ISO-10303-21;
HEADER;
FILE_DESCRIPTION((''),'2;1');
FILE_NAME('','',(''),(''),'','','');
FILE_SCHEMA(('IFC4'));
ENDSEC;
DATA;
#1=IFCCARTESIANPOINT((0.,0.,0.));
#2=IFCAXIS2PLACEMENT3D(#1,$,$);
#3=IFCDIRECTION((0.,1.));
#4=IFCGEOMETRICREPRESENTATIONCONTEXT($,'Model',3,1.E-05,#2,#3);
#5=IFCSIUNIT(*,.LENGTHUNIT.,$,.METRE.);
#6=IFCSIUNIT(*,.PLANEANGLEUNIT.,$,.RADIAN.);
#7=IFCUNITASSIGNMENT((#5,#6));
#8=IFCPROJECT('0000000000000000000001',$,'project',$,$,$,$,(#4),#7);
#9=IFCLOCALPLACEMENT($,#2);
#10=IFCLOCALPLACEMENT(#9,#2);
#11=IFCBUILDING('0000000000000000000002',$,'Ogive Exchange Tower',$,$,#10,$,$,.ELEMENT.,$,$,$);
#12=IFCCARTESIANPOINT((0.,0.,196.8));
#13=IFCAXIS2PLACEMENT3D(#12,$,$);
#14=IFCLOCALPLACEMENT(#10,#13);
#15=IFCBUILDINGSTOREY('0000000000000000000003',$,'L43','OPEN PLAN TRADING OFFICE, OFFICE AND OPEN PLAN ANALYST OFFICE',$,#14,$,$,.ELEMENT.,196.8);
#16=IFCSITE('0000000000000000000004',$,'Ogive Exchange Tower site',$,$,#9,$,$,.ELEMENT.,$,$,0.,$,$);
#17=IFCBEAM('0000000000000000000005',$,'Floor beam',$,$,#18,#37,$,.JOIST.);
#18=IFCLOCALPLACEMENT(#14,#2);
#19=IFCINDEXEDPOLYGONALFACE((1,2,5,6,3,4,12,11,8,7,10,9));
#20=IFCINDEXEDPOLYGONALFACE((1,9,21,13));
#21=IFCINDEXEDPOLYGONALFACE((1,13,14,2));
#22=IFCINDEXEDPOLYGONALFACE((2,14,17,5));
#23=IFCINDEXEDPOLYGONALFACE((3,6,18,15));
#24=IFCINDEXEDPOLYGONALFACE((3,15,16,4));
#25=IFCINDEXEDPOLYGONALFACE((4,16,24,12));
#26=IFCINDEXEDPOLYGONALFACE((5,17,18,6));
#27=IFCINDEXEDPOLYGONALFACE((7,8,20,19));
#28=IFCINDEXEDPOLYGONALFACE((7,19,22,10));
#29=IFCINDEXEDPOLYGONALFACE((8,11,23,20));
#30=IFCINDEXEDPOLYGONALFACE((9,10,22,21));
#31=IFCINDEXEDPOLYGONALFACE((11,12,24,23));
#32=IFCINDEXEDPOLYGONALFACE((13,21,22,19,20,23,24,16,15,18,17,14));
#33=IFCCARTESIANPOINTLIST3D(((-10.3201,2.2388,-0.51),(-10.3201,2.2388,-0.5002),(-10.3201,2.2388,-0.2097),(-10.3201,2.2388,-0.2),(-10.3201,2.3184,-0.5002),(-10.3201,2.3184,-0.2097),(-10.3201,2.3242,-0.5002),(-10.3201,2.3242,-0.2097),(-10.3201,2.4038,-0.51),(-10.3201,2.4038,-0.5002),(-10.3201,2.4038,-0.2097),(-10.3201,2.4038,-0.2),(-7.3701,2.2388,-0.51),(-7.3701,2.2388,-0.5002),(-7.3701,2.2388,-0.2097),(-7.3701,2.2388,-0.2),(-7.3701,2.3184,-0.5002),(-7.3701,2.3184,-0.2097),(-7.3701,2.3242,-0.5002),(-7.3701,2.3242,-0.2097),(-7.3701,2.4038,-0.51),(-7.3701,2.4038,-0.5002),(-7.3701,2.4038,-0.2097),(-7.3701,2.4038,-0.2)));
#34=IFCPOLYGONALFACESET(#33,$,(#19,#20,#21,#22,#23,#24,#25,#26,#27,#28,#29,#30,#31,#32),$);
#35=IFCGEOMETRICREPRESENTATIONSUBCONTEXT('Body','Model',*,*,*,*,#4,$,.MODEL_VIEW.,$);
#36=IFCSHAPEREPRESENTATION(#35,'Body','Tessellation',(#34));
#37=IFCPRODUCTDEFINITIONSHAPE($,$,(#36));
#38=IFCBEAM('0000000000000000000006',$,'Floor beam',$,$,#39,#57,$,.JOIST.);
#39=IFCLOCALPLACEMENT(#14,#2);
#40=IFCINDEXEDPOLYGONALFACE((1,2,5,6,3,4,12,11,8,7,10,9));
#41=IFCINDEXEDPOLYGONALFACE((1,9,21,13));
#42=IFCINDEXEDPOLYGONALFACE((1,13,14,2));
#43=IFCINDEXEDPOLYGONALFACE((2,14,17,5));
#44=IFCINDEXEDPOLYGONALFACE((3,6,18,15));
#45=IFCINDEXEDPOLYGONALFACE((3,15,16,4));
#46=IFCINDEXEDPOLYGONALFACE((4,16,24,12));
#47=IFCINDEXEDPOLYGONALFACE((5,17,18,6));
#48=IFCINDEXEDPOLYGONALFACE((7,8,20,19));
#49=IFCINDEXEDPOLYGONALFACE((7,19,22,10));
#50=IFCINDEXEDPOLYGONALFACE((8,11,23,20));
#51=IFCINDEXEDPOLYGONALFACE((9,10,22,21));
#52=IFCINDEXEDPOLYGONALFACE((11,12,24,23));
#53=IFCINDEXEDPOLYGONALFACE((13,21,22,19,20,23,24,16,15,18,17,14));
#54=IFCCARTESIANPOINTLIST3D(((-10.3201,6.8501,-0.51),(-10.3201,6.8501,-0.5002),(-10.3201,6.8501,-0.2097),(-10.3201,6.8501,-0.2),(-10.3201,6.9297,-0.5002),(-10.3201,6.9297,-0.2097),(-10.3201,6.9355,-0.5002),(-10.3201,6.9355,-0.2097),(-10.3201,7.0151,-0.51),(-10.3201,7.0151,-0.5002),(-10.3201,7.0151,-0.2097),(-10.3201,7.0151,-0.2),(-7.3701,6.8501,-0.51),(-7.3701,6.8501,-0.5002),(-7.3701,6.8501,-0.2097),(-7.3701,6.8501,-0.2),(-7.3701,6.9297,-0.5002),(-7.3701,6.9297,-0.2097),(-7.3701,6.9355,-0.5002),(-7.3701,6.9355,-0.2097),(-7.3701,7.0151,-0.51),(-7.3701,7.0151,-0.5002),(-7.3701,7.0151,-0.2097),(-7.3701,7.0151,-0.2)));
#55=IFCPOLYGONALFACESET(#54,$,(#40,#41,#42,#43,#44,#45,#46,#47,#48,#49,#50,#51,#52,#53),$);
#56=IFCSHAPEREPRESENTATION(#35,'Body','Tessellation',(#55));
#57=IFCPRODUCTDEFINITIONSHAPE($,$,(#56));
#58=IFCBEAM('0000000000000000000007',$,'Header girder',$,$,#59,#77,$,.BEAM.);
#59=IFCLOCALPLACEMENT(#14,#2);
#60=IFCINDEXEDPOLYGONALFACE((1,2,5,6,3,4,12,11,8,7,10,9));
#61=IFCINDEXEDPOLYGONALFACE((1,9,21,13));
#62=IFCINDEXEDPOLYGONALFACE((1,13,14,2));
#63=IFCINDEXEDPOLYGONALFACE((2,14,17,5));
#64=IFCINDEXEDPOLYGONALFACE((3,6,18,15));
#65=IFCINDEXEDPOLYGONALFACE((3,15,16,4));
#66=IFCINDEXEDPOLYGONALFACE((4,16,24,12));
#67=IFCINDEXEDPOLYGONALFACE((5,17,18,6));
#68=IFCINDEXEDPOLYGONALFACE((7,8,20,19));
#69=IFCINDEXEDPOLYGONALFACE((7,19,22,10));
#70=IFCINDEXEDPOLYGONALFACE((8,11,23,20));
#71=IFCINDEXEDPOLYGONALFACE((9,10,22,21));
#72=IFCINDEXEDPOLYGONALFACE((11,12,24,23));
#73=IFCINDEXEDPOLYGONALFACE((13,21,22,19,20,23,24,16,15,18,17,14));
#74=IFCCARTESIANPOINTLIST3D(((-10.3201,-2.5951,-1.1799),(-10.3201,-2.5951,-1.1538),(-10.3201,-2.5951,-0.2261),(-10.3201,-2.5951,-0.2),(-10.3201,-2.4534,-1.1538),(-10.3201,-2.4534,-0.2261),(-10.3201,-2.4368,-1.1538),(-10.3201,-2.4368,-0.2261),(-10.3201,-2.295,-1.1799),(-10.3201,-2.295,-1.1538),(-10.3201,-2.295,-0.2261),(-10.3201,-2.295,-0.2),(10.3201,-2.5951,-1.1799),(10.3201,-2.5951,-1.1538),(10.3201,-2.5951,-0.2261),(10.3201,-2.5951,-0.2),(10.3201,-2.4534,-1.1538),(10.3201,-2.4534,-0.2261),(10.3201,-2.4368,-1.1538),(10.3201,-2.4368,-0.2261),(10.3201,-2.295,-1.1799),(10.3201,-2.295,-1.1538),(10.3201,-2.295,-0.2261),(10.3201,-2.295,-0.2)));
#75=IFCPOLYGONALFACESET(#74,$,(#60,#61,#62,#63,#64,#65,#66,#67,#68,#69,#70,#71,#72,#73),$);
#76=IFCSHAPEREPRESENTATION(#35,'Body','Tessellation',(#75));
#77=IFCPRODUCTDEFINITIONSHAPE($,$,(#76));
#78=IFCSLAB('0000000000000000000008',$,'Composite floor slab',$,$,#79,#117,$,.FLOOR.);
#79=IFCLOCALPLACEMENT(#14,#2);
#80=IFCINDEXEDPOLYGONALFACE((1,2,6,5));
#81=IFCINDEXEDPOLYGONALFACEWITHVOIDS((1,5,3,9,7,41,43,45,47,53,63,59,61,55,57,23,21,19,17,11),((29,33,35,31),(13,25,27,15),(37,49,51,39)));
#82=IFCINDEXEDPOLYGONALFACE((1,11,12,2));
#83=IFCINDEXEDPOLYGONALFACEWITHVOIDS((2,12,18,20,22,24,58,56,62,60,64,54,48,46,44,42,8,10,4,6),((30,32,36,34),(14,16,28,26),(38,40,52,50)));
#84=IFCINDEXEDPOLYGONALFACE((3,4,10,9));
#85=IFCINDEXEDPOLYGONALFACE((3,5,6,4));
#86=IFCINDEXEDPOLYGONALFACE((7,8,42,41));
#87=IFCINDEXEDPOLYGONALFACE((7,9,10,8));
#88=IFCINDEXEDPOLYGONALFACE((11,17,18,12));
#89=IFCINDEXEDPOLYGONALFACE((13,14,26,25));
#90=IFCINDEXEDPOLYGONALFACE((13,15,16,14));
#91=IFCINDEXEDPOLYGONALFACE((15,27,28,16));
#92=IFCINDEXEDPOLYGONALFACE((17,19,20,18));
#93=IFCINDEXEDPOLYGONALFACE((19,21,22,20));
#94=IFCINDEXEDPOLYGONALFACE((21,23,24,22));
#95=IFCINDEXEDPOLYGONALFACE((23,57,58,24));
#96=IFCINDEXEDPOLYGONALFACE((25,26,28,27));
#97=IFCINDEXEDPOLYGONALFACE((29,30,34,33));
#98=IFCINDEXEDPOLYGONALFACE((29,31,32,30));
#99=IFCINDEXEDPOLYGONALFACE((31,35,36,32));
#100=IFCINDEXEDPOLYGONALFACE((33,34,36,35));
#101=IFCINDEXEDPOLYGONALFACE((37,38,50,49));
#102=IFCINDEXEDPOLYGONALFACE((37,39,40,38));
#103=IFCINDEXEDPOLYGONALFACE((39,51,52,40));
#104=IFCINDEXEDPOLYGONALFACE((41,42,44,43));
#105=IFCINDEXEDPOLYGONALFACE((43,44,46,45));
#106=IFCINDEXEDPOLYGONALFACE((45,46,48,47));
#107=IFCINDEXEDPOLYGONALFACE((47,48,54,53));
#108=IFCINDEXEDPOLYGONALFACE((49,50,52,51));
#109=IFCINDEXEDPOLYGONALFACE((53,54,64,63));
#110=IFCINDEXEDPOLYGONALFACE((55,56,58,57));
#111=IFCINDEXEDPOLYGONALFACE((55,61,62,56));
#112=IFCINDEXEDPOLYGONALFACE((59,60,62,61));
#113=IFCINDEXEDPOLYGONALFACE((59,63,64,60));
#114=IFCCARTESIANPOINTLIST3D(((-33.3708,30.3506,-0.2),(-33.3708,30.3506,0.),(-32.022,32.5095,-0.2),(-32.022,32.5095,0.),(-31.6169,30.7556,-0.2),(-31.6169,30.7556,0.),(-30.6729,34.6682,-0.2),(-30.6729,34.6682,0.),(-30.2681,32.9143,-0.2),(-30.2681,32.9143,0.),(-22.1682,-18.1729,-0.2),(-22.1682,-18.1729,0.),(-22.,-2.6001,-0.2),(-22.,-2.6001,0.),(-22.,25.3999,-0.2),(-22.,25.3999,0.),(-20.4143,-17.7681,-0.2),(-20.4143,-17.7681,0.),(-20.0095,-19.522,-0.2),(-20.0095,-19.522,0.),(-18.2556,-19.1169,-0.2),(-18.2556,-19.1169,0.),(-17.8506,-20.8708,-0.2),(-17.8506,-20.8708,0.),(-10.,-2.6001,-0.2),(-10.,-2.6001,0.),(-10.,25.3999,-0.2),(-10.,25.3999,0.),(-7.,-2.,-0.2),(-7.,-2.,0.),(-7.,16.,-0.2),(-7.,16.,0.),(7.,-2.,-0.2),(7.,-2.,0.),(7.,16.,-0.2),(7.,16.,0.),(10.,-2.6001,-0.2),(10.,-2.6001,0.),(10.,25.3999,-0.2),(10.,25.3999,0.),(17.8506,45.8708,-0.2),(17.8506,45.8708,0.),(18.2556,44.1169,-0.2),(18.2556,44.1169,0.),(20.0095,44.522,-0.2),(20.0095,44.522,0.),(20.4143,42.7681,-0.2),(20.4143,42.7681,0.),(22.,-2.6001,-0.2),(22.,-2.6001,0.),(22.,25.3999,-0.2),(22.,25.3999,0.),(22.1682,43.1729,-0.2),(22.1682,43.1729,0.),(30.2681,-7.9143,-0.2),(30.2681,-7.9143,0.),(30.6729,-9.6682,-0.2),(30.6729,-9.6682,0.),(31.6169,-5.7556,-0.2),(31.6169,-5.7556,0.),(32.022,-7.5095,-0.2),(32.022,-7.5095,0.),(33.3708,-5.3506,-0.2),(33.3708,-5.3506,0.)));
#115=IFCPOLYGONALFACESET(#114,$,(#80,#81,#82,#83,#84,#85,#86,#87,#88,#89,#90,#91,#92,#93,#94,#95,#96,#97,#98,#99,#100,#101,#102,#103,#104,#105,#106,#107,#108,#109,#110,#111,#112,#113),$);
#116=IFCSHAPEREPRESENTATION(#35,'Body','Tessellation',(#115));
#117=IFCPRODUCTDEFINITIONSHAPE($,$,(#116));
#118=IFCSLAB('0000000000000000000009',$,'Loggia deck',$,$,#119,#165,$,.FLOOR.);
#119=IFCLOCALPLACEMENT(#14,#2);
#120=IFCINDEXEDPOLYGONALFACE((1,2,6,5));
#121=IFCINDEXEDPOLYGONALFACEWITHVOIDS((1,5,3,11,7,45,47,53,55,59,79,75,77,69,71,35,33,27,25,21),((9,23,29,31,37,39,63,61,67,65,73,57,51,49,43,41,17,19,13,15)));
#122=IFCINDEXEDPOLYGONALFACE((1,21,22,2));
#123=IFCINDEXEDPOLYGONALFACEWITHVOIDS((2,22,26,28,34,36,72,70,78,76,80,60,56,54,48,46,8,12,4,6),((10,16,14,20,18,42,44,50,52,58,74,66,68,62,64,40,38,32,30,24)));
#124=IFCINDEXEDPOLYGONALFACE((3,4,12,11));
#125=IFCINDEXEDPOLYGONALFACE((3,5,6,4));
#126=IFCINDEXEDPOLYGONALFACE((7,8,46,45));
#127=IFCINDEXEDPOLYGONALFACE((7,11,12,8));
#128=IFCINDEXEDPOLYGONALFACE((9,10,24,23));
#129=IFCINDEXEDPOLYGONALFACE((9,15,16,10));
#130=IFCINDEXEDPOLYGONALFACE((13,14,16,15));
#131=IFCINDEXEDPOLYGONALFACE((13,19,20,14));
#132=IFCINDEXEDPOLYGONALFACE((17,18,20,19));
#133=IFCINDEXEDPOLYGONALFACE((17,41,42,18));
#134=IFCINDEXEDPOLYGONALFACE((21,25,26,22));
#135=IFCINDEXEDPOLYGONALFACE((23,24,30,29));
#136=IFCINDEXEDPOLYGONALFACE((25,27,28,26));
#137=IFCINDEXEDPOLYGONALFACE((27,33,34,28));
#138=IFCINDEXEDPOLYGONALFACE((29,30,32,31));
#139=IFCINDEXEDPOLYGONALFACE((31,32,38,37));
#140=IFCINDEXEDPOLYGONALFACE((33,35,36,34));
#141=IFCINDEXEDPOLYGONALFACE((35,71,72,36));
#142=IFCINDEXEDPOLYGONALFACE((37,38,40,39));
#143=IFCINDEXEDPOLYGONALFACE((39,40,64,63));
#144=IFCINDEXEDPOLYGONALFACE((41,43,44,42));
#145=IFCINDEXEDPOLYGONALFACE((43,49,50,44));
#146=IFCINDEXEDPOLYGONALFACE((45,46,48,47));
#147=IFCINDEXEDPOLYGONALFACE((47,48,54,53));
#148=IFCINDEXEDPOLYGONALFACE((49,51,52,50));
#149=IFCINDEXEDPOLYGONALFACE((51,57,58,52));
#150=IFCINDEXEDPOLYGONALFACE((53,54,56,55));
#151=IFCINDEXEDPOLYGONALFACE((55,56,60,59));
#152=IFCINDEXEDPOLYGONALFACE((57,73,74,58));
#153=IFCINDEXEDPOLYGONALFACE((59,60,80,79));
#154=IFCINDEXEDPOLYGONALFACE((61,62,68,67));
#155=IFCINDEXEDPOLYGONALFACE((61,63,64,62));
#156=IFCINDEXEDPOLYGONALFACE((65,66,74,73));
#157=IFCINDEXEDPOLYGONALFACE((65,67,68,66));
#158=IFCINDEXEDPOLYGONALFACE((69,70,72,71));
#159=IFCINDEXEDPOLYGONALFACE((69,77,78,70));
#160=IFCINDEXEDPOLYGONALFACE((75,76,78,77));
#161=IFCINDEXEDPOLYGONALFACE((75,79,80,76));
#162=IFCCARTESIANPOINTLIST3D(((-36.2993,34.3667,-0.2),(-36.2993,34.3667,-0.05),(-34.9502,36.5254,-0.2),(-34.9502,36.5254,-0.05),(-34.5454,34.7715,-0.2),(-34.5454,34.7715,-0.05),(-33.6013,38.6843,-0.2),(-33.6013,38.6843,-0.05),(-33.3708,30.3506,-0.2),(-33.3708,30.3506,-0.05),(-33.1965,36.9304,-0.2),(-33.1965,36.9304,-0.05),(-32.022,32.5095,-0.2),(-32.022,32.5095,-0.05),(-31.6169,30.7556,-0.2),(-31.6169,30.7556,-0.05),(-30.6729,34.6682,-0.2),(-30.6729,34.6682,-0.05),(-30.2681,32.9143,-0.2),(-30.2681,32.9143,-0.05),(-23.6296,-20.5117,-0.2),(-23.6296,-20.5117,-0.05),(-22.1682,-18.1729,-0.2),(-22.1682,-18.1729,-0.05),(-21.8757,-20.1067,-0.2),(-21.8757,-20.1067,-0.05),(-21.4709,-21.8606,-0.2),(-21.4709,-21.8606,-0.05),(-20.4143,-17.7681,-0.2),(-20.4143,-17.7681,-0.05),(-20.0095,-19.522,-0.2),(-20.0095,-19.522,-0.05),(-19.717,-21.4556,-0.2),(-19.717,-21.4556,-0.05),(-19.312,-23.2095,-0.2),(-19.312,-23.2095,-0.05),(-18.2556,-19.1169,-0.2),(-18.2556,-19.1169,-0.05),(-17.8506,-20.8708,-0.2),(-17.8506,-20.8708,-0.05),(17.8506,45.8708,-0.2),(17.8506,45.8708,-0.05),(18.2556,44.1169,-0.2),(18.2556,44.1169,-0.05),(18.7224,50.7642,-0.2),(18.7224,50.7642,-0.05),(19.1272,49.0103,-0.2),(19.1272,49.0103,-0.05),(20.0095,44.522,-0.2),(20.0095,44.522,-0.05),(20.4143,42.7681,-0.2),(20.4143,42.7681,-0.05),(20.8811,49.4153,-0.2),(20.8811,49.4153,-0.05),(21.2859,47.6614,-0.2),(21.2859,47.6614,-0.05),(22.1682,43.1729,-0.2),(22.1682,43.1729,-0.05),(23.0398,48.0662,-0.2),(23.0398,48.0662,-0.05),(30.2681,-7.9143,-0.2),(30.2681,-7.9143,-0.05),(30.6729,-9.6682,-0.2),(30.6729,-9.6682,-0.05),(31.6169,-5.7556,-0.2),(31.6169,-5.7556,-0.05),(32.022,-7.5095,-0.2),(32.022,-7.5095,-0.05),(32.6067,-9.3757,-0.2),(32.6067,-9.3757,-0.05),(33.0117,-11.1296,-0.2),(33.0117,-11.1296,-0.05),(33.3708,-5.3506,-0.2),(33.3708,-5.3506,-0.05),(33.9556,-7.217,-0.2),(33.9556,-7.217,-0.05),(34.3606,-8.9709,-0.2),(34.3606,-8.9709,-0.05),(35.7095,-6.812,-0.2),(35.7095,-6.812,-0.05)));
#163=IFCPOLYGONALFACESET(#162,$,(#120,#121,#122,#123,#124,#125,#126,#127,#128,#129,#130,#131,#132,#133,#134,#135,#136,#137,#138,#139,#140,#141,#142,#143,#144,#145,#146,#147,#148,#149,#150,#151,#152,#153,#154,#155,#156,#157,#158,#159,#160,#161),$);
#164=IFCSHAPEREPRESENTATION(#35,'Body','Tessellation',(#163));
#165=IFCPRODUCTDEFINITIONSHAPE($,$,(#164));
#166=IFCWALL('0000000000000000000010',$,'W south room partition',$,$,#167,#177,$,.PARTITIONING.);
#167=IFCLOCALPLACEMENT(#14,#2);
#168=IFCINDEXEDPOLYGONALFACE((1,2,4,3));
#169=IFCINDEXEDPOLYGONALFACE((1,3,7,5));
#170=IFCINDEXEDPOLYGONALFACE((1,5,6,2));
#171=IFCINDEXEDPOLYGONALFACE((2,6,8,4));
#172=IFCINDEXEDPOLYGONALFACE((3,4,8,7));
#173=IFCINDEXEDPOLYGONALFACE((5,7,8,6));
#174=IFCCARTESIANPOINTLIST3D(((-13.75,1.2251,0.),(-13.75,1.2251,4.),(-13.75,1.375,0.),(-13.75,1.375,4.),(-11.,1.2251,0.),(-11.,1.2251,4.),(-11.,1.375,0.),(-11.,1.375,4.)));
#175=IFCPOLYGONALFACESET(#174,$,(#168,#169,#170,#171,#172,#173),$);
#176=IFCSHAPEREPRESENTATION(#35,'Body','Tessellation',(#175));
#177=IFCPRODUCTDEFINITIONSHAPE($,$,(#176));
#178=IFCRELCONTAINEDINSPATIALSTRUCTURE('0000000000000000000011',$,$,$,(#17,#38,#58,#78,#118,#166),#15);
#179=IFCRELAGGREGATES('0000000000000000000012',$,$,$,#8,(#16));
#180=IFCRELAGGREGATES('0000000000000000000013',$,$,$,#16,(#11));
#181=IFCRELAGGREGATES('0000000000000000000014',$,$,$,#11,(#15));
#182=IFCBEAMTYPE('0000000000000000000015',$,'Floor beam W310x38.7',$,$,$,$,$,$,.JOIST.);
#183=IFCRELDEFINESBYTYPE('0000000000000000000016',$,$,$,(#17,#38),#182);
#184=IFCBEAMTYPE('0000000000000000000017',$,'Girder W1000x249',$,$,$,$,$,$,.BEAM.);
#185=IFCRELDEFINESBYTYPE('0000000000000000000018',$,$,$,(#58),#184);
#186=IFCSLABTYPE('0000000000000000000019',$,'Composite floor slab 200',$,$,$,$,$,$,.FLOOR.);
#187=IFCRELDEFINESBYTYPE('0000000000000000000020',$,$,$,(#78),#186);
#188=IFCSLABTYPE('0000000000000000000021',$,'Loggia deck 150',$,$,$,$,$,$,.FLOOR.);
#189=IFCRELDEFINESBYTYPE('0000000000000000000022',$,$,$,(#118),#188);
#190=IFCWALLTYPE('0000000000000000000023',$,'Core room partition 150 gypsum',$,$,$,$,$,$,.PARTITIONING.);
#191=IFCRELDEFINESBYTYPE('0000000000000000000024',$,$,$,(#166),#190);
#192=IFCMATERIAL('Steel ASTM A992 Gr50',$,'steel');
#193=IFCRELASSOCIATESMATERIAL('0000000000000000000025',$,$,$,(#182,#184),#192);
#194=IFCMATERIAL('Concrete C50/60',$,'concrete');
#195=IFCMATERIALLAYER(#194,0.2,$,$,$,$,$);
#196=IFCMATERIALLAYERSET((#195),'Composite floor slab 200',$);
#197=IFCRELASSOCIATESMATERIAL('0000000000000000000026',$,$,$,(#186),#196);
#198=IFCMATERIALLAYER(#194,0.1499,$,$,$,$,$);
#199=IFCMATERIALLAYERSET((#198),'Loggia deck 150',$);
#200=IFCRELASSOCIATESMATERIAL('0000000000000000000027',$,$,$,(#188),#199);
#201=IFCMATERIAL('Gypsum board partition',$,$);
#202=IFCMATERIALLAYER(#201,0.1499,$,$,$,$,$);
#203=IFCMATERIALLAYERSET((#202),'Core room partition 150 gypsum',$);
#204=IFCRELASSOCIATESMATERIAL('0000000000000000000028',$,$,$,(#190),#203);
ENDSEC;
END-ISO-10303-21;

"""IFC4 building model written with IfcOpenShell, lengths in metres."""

from ifc_helpers import new_model, si_unit, direction, frame, frame_2d, origin, origin_2d, place, context, subcontext, project, spatial, polyline, rectangle, i_section, outline, extrude, material, layer, layer_set, material_profile, profile_set, type_object, element, save


model = new_model("IFC4")

# Units and contexts
model_context = context("Model", 3, precision=1e-05, world=origin(), true_north=direction((0.0, 1.0)))
body_context = subcontext(model_context, "Body", "Model", "MODEL_VIEW")
ifc_project = project(units=[si_unit("LENGTHUNIT", "METRE"), si_unit("PLANEANGLEUNIT", "RADIAN")], contexts=[model_context])

# Site, building, storey
site_placement = place(None, origin())
site = spatial("IfcSite", under=ifc_project, at=site_placement, Name="Ogive Exchange Tower site", CompositionType="ELEMENT", RefElevation=0.0)
building_placement = place(site_placement, origin())
building = spatial("IfcBuilding", under=site, at=building_placement, Name="Ogive Exchange Tower", CompositionType="ELEMENT")
storey_placement = place(building_placement, frame((0.0, 0.0, 196.8)))
storey = spatial("IfcBuildingStorey", under=building, at=storey_placement, Name="L43", Description="OPEN PLAN TRADING OFFICE, OFFICE AND OPEN PLAN ANALYST OFFICE", CompositionType="ELEMENT", Elevation=196.8)

# Beams
ifc_material_1 = material(Name="Steel ASTM A992 Gr50", Category="steel")
ifc_material_profile_1 = material_profile(ifc_material_1, i_section(OverallWidth=0.165, OverallDepth=0.3101, WebThickness=0.0059, FlangeThickness=0.0098, at=origin_2d()), Name="W310x38.7")
ifc_profile_set_1 = profile_set([ifc_material_profile_1], Name="Steel ASTM A992 Gr50")
beam_type_1 = type_object("IfcBeamType", Name="Floor beam W310x38.7", PredefinedType="JOIST", material=ifc_profile_set_1)
for number, where, z_axis, x_axis, name in (
    (1, (-10.3201, 2.3213, -0.355), (1.0, 0.0, 0.0), (0.0, 1.0, 0.0), "Floor beam"),
    (2, (-10.3201, 6.9326, -0.355), (1.0, 0.0, 0.0), (0.0, 1.0, 0.0), "Floor beam"),
):
    element("IfcBeam", number, at=place(storey_placement, frame(where, z_axis=z_axis, x_axis=x_axis)), inside=storey, type_object=beam_type_1, Name=name, PredefinedType="JOIST", context=body_context, shape_type="SweptSolid", body=[
        extrude(i_section(OverallWidth=0.165, OverallDepth=0.3101, WebThickness=0.0059, FlangeThickness=0.0098, at=origin_2d()), origin(), (0.0, 0.0, 1.0), 2.95),
    ])
ifc_material_profile_2 = material_profile(ifc_material_1, i_section(OverallWidth=0.3, OverallDepth=0.98, WebThickness=0.0166, FlangeThickness=0.0261, at=origin_2d()), Name="W1000x249")
ifc_profile_set_2 = profile_set([ifc_material_profile_2], Name="Steel ASTM A992 Gr50")
beam_type_2 = type_object("IfcBeamType", Name="Girder W1000x249", PredefinedType="BEAM", material=ifc_profile_set_2)
beam_placement = place(storey_placement, frame((-10.3201, -2.4451, -0.6899), z_axis=(1.0, 0.0, 0.0), x_axis=(0.0, 1.0, 0.0)))
element("IfcBeam", 3, at=beam_placement, inside=storey, type_object=beam_type_2, Name="Header girder", PredefinedType="BEAM", context=body_context, shape_type="SweptSolid", body=[
    extrude(i_section(OverallWidth=0.3, OverallDepth=0.98, WebThickness=0.0166, FlangeThickness=0.0261, at=origin_2d()), origin(), (0.0, 0.0, 1.0), 20.6401),
])

# Slabs
ifc_material_2 = material(Name="Concrete C50/60", Category="concrete")
ifc_layer_1 = layer(ifc_material_2, 0.2)
ifc_layer_set_1 = layer_set([ifc_layer_1], Name="Composite floor slab 200")
slab_type_1 = type_object("IfcSlabType", Name="Composite floor slab 200", PredefinedType="FLOOR", material=ifc_layer_set_1)
slab_1_placement = place(storey_placement, frame((0.0, 0.0, -0.2)))
element("IfcSlab", 4, at=slab_1_placement, inside=storey, type_object=slab_type_1, Name="Composite floor slab", PredefinedType="FLOOR", context=body_context, shape_type="SweptSolid", body=[
    extrude(outline(polyline([(-18.2556, -19.1169), (-20.0095, -19.522), (-20.4143, -17.7681), (-22.1682, -18.1729), (-33.3708, 30.3506), (-31.6169, 30.7556), (-32.022, 32.5095), (-30.2681, 32.9143), (-30.6729, 34.6682), (17.8506, 45.8708), (18.2556, 44.1169), (20.0095, 44.522), (20.4143, 42.7681), (22.1682, 43.1729), (33.3708, -5.3506), (31.6169, -5.7556), (32.022, -7.5095), (30.2681, -7.9143), (30.6729, -9.6682), (-17.8506, -20.8708), (-18.2556, -19.1169)]), holes=[polyline([(7.0, -2.0), (7.0, 16.0), (-7.0, 16.0), (-7.0, -2.0), (7.0, -2.0)]), polyline([(-22.0, -2.6001), (-10.0, -2.6001), (-10.0, 25.3999), (-22.0, 25.3999), (-22.0, -2.6001)]), polyline([(10.0, -2.6001), (22.0, -2.6001), (22.0, 25.3999), (10.0, 25.3999), (10.0, -2.6001)])]), origin(), (0.0, 0.0, 1.0), 0.2),
])
ifc_layer_2 = layer(ifc_material_2, 0.1499)
ifc_layer_set_2 = layer_set([ifc_layer_2], Name="Loggia deck 150")
slab_type_2 = type_object("IfcSlabType", Name="Loggia deck 150", PredefinedType="FLOOR", material=ifc_layer_set_2)
slab_2_placement = place(storey_placement, frame((0.0, 0.0, -0.2)))
element("IfcSlab", 5, at=slab_2_placement, inside=storey, type_object=slab_type_2, Name="Loggia deck", PredefinedType="FLOOR", context=body_context, shape_type="SweptSolid", body=[
    extrude(outline(polyline([(-19.717, -21.4556), (-21.4709, -21.8606), (-21.8757, -20.1067), (-23.6296, -20.5117), (-36.2993, 34.3667), (-34.5454, 34.7715), (-34.9502, 36.5254), (-33.1965, 36.9304), (-33.6013, 38.6843), (18.7224, 50.7642), (19.1272, 49.0103), (20.8811, 49.4153), (21.2859, 47.6614), (23.0398, 48.0662), (35.7095, -6.812), (33.9556, -7.217), (34.3606, -8.9709), (32.6067, -9.3757), (33.0117, -11.1296), (-19.312, -23.2095), (-19.717, -21.4556)]), holes=[polyline([(30.2681, -7.9143), (32.022, -7.5095), (31.6169, -5.7556), (33.3708, -5.3506), (22.1682, 43.1729), (20.4143, 42.7681), (20.0095, 44.522), (18.2556, 44.1169), (17.8506, 45.8708), (-30.6729, 34.6682), (-30.2681, 32.9143), (-32.022, 32.5095), (-31.6169, 30.7556), (-33.3708, 30.3506), (-22.1682, -18.1729), (-20.4143, -17.7681), (-20.0095, -19.522), (-18.2556, -19.1169), (-17.8506, -20.8708), (30.6729, -9.6682), (30.2681, -7.9143)])]), origin(), (0.0, 0.0, 1.0), 0.1499),
])

# Wall
ifc_material_3 = material(Name="Gypsum board partition")
ifc_layer_3 = layer(ifc_material_3, 0.1499)
ifc_layer_set_3 = layer_set([ifc_layer_3], Name="Core room partition 150 gypsum")
wall_type_1 = type_object("IfcWallType", Name="Core room partition 150 gypsum", PredefinedType="PARTITIONING", material=ifc_layer_set_3)
wall_1_placement = place(storey_placement, frame((-13.75, 1.3, 0.0), z_axis=(0.0, 0.0, 1.0), x_axis=(1.0, 0.0, 0.0)))
element("IfcWall", 6, at=wall_1_placement, inside=storey, type_object=wall_type_1, Name="W south room partition", PredefinedType="PARTITIONING", context=body_context, shape_type="SweptSolid", body=[
    extrude(rectangle(XDim=2.75, YDim=0.1499, at=frame_2d((1.375, 0.0))), origin(), (0.0, 0.0, 1.0), 4.0),
])

save(model, "model.ifc")
